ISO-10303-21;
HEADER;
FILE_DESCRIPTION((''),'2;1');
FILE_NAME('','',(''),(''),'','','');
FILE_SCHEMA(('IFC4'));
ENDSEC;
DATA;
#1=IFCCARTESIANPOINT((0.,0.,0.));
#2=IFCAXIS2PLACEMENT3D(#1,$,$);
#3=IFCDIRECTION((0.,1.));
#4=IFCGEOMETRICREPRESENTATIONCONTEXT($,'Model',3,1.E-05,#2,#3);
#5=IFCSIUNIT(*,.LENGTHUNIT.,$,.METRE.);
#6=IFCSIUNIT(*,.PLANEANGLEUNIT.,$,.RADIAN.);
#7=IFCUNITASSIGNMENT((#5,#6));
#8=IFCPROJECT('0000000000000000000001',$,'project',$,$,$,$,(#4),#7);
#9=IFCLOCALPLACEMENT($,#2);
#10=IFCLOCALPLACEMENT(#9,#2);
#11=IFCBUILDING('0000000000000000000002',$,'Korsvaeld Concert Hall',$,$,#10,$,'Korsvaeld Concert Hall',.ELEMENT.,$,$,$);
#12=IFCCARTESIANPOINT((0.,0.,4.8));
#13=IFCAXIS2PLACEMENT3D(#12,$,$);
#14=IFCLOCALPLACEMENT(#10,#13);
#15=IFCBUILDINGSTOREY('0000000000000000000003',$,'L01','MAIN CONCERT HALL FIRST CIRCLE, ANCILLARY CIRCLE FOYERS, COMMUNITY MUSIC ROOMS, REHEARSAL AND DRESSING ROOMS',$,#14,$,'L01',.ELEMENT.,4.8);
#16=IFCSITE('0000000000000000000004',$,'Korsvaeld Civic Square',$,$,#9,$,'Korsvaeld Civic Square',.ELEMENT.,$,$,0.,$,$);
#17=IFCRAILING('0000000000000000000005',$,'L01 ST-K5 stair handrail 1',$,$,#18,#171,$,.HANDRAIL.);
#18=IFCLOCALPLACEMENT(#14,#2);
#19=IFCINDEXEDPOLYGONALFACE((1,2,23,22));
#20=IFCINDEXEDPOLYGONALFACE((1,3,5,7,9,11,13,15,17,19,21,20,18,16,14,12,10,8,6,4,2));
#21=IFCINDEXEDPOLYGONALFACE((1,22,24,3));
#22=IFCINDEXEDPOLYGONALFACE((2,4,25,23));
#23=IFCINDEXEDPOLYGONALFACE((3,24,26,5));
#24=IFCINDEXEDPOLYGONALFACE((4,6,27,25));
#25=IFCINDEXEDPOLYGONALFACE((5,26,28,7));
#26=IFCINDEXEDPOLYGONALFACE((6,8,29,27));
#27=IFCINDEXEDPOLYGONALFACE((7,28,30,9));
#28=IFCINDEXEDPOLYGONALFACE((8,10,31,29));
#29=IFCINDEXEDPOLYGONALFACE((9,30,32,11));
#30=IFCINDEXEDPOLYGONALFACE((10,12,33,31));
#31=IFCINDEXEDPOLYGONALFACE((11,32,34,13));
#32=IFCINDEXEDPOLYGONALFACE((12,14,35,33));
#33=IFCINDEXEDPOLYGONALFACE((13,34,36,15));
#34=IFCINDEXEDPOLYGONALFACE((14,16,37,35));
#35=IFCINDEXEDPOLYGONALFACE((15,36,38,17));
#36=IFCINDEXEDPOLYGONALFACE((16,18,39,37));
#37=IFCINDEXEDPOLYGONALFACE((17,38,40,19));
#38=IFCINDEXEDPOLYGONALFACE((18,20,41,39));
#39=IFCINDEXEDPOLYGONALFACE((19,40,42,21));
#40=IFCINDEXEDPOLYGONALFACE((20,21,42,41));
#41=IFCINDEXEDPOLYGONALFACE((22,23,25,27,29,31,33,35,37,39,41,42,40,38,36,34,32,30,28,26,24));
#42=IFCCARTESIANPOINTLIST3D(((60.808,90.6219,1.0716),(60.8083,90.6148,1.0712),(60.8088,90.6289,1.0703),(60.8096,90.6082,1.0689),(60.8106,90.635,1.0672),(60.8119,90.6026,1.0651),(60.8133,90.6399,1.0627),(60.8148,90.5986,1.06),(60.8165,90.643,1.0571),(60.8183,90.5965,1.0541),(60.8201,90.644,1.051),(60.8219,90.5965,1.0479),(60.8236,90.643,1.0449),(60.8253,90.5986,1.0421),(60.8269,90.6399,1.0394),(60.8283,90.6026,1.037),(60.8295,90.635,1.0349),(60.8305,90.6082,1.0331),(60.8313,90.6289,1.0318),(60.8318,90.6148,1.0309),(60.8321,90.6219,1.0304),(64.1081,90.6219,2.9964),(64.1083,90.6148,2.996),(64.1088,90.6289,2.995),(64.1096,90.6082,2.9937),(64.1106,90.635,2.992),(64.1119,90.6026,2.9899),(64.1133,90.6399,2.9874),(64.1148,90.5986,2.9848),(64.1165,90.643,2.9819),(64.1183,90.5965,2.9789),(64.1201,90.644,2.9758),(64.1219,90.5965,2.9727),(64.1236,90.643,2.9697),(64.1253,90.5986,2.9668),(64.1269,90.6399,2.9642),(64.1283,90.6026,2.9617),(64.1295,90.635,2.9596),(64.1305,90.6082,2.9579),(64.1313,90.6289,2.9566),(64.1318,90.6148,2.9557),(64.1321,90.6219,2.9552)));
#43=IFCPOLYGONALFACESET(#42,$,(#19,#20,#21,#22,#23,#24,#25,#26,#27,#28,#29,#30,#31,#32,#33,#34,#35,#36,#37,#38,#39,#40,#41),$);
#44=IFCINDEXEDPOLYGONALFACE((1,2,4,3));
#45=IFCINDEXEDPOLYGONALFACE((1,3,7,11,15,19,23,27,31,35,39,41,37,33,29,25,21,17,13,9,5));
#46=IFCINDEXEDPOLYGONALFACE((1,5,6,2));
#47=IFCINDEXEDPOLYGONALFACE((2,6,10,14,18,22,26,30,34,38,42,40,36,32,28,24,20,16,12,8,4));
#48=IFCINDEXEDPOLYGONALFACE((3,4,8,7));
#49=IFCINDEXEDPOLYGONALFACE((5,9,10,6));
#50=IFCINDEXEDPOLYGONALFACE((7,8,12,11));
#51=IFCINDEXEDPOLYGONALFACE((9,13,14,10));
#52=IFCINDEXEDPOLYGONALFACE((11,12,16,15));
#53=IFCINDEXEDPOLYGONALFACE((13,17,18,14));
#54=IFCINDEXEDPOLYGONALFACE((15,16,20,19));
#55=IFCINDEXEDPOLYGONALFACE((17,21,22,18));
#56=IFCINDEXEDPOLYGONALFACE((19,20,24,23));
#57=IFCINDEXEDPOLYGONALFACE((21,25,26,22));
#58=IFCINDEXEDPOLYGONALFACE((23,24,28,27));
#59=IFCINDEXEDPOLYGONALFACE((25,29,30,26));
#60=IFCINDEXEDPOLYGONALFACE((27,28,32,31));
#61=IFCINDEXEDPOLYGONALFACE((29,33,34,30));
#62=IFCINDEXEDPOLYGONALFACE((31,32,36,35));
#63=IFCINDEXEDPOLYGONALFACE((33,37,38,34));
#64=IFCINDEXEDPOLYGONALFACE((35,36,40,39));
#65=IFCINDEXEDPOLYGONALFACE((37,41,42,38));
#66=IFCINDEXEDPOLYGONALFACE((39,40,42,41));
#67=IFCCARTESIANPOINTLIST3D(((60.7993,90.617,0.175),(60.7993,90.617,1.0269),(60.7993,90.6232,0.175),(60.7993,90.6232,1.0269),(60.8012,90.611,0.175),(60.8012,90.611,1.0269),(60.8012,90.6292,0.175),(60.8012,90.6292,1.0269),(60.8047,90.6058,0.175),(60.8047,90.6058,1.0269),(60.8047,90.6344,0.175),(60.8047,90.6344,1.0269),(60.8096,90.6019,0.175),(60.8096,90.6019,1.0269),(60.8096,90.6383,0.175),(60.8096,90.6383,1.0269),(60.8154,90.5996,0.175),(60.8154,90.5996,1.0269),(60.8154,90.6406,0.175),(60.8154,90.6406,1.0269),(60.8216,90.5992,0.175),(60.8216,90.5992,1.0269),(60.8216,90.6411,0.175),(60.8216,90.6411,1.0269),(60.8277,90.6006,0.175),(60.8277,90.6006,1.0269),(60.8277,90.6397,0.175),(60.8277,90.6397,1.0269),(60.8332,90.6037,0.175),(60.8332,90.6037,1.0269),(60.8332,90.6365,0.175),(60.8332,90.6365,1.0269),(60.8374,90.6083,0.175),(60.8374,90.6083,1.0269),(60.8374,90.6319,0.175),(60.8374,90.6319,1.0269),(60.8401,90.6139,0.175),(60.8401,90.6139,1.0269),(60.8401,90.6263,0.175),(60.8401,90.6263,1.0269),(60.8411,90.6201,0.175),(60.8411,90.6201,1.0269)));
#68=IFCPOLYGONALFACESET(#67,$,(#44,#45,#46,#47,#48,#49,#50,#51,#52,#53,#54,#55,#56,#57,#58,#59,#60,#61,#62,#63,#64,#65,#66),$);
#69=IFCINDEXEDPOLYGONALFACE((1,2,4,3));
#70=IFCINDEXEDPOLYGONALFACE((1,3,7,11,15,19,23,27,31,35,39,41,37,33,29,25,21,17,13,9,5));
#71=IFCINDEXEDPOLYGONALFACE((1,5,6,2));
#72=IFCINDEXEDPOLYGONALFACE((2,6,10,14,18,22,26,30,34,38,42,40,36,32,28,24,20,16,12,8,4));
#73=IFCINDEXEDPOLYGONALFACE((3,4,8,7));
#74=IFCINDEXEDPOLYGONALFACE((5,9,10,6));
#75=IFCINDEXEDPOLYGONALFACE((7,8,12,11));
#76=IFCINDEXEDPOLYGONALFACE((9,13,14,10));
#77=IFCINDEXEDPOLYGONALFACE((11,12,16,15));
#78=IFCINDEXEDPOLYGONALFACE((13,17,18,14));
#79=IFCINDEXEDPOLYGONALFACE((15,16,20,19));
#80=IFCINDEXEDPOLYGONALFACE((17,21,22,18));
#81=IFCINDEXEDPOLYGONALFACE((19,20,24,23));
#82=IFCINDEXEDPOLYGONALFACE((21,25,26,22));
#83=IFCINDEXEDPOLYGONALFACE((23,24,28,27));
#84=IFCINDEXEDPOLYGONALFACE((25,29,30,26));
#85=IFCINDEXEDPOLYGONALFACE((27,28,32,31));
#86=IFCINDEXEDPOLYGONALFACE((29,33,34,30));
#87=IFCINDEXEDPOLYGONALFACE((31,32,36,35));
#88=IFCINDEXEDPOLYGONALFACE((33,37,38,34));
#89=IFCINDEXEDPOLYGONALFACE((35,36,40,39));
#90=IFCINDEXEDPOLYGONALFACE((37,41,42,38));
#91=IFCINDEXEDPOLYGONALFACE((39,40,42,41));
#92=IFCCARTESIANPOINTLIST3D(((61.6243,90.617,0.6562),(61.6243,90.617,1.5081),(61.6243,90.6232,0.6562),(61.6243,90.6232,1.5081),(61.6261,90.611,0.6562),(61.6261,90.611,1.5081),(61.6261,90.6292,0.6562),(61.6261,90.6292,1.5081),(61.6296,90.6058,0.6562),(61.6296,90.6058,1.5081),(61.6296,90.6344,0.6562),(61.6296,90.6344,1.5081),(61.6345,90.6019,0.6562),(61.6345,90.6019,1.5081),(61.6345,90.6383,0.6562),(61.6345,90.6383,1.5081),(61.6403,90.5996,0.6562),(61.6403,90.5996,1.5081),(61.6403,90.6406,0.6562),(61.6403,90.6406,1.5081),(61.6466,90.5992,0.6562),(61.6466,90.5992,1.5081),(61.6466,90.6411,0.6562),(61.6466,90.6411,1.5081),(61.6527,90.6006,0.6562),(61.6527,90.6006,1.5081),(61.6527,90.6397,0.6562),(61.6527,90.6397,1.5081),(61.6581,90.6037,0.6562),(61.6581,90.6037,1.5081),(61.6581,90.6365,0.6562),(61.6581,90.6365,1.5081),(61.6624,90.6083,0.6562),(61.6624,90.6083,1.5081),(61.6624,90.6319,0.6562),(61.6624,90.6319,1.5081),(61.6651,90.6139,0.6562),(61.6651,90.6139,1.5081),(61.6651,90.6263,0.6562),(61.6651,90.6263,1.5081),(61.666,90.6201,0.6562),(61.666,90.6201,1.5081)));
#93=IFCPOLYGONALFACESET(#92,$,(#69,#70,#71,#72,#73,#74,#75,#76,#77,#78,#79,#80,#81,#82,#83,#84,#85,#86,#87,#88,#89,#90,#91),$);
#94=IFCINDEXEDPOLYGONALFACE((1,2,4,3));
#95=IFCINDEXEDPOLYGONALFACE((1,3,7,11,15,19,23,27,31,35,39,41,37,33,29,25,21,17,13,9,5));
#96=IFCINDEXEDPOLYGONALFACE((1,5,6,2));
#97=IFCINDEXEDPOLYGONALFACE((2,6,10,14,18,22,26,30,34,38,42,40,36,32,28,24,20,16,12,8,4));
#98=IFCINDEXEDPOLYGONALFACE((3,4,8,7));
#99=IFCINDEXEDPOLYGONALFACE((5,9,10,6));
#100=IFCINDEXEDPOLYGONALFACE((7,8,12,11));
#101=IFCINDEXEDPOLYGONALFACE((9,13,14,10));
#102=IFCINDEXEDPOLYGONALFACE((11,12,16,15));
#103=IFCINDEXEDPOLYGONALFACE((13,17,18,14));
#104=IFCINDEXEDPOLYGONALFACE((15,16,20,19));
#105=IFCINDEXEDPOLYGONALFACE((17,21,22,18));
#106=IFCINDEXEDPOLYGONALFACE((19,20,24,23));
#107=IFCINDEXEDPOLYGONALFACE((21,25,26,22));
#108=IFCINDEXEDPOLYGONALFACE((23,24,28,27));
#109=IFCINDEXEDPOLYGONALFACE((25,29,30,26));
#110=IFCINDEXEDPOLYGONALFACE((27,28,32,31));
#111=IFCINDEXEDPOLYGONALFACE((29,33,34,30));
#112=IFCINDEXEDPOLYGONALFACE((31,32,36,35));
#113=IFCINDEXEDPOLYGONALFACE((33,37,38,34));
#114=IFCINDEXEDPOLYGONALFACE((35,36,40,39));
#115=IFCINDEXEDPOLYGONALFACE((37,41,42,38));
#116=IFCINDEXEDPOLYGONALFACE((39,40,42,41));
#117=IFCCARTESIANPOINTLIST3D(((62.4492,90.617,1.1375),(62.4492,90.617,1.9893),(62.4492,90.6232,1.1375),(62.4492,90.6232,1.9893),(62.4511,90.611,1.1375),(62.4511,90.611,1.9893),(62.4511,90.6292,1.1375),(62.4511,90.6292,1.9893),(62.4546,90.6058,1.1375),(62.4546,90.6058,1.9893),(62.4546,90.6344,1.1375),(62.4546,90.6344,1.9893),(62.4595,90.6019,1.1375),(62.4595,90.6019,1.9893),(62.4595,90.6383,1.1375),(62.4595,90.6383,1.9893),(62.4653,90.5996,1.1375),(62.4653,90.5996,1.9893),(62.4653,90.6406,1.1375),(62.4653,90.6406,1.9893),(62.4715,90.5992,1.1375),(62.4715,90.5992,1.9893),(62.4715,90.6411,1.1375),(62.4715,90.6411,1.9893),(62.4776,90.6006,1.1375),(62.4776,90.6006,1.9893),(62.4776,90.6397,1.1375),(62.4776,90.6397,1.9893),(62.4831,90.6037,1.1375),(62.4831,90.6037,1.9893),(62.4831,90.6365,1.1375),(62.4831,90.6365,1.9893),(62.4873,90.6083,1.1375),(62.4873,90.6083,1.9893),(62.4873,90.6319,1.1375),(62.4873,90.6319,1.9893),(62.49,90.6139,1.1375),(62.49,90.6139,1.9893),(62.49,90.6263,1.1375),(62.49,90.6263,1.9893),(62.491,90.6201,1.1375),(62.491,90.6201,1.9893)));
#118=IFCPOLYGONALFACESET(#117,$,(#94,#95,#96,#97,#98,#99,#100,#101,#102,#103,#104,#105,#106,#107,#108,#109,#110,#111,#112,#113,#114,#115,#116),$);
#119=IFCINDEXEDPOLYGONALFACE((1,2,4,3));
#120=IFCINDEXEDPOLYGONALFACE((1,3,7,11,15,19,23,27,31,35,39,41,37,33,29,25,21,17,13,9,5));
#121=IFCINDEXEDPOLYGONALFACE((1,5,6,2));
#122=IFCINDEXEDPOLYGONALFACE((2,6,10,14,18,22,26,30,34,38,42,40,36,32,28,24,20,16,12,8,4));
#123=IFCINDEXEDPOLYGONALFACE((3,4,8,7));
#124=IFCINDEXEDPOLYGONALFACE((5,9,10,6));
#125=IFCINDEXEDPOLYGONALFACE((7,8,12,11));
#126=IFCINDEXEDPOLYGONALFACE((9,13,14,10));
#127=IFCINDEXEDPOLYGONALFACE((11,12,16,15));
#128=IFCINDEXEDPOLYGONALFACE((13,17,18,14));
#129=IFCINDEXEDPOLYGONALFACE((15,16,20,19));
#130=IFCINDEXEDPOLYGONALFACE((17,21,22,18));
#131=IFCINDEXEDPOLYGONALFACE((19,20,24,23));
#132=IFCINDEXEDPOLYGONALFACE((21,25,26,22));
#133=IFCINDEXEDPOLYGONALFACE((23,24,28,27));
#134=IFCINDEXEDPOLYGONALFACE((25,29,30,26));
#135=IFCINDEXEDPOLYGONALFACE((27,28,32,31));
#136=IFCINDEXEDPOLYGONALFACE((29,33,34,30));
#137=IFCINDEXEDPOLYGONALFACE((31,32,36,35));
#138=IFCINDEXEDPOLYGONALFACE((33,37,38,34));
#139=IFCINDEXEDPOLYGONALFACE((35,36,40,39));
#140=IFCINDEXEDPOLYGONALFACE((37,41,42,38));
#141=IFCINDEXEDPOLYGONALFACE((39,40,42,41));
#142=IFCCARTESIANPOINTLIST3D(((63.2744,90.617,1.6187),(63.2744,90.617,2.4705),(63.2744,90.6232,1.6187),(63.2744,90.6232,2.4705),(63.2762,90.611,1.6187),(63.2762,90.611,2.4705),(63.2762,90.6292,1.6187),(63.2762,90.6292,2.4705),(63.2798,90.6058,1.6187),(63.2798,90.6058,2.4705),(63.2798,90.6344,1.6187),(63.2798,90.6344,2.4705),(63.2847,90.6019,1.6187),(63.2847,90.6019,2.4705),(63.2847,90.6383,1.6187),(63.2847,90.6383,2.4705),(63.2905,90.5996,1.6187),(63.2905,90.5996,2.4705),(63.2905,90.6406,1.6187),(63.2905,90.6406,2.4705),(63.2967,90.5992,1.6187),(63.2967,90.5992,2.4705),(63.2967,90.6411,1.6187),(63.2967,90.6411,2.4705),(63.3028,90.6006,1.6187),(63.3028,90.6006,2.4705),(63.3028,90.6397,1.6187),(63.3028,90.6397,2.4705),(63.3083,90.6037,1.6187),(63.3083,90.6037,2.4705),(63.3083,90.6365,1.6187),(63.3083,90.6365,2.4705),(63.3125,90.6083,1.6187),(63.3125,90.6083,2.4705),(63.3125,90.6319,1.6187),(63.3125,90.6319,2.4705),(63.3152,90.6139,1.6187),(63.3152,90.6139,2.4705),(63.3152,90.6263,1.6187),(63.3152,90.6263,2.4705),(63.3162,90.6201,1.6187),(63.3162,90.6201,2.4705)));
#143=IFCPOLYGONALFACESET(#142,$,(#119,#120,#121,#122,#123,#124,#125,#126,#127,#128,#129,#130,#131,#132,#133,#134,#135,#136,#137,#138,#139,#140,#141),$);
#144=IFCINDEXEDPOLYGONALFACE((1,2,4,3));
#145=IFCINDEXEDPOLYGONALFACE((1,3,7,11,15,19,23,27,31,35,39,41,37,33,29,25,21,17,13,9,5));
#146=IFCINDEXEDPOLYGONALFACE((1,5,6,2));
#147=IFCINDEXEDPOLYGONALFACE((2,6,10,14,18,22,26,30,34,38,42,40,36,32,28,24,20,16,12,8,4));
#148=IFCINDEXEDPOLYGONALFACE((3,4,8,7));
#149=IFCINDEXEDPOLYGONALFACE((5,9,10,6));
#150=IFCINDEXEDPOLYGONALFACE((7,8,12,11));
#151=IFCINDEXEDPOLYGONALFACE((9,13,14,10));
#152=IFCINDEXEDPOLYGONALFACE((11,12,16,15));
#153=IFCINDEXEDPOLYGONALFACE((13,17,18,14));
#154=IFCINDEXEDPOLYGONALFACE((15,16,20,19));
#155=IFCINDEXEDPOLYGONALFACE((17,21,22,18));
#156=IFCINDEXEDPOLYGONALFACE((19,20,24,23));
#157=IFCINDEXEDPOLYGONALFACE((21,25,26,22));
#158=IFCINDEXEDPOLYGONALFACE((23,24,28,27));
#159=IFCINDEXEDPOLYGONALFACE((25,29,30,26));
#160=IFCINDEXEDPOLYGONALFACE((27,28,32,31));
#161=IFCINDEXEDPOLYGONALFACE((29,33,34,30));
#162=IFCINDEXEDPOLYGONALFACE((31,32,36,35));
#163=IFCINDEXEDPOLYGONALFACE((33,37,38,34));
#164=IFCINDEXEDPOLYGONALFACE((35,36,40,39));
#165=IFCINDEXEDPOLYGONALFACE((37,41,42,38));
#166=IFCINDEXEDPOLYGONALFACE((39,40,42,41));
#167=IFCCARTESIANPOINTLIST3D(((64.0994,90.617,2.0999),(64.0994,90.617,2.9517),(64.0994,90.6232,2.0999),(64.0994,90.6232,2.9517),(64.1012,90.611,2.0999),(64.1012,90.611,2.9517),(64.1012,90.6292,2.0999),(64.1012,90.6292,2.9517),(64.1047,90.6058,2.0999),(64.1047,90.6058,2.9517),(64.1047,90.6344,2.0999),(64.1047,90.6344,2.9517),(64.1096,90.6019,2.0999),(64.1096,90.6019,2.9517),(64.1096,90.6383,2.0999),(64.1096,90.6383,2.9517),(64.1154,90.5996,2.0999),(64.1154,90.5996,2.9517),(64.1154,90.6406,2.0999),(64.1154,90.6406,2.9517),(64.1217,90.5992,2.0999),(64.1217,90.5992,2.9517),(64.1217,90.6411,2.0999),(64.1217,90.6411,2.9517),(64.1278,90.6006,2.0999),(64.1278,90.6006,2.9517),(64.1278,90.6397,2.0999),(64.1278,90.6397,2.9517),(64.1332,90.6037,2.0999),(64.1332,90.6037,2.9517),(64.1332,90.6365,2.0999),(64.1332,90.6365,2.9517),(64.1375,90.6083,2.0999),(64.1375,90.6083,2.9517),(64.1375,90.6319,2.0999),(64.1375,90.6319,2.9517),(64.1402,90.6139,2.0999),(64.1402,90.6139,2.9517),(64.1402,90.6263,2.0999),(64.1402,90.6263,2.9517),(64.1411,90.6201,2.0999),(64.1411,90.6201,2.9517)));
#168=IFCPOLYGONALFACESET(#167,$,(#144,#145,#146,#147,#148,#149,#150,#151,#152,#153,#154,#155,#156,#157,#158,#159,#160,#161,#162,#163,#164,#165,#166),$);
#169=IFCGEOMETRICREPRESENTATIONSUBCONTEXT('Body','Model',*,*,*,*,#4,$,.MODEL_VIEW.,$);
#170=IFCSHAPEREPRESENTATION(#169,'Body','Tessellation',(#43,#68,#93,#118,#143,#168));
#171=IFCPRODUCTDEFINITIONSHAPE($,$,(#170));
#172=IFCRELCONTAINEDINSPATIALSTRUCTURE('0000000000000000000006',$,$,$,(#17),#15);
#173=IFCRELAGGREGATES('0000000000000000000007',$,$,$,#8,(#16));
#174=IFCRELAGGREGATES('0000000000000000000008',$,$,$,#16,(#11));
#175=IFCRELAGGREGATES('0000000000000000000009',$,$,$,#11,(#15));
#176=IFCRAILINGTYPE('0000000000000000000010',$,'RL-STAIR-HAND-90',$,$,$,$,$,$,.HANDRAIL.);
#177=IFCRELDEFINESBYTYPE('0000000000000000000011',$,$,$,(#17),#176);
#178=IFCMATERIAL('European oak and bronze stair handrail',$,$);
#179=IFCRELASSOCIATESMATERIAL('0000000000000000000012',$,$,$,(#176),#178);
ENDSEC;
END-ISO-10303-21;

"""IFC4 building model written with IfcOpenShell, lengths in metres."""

from ifc_helpers import new_model, si_unit, direction, frame, origin, origin_2d, place, context, subcontext, project, spatial, circle, extrude, material, type_object, element, save


model = new_model("IFC4")

# Units and contexts
model_context = context("Model", 3, precision=1e-05, world=origin(), true_north=direction((0.0, 1.0)))
body_context = subcontext(model_context, "Body", "Model", "MODEL_VIEW")
ifc_project = project(units=[si_unit("LENGTHUNIT", "METRE"), si_unit("PLANEANGLEUNIT", "RADIAN")], contexts=[model_context])

# Site, building, storey
site_placement = place(None, origin())
site = spatial("IfcSite", under=ifc_project, at=site_placement, Name="Korsvaeld Civic Square", LongName="Korsvaeld Civic Square", CompositionType="ELEMENT", RefElevation=0.0)
building_placement = place(site_placement, origin())
building = spatial("IfcBuilding", under=site, at=building_placement, Name="Korsvaeld Concert Hall", LongName="Korsvaeld Concert Hall", CompositionType="ELEMENT")
storey_placement = place(building_placement, frame((0.0, 0.0, 4.8)))
storey = spatial("IfcBuildingStorey", under=building, at=storey_placement, Name="L01", Description="MAIN CONCERT HALL FIRST CIRCLE, ANCILLARY CIRCLE FOYERS, COMMUNITY MUSIC ROOMS, REHEARSAL AND DRESSING ROOMS", LongName="L01", CompositionType="ELEMENT", Elevation=4.8)

# Railing
ifc_material_1 = material(Name="European oak and bronze stair handrail")
railing_type_1 = type_object("IfcRailingType", Name="RL-STAIR-HAND-90", PredefinedType="HANDRAIL", material=ifc_material_1)
railing_1_placement = place(storey_placement, frame((60.8201, 90.6201, 0.175)))
element("IfcRailing", 1, at=railing_1_placement, inside=storey, type_object=railing_type_1, Name="L01 ST-K5 stair handrail 1", PredefinedType="HANDRAIL", context=body_context, shape_type="SweptSolid", body=[
    extrude(circle(Radius=0.0239, at=origin_2d()), frame((0.0, 0.0, 0.876), z_axis=(0.863804, 0.0, 0.503827), x_axis=(0.0, 1.0, 0.0)), (0.0, 0.0, 1.0), 3.8203),
    extrude(circle(Radius=0.021, at=origin_2d()), origin(), (0.0, 0.0, 1.0), 0.8518),
    extrude(circle(Radius=0.021, at=origin_2d()), frame((0.825, 0.0, 0.4812)), (0.0, 0.0, 1.0), 0.8518),
    extrude(circle(Radius=0.021, at=origin_2d()), frame((1.6499, 0.0, 0.9624)), (0.0, 0.0, 1.0), 0.8518),
    extrude(circle(Radius=0.021, at=origin_2d()), frame((2.4751, 0.0, 1.4436)), (0.0, 0.0, 1.0), 0.8518),
    extrude(circle(Radius=0.021, at=origin_2d()), frame((3.3, 0.0, 1.9248)), (0.0, 0.0, 1.0), 0.8518),
])

save(model, "model.ifc")
